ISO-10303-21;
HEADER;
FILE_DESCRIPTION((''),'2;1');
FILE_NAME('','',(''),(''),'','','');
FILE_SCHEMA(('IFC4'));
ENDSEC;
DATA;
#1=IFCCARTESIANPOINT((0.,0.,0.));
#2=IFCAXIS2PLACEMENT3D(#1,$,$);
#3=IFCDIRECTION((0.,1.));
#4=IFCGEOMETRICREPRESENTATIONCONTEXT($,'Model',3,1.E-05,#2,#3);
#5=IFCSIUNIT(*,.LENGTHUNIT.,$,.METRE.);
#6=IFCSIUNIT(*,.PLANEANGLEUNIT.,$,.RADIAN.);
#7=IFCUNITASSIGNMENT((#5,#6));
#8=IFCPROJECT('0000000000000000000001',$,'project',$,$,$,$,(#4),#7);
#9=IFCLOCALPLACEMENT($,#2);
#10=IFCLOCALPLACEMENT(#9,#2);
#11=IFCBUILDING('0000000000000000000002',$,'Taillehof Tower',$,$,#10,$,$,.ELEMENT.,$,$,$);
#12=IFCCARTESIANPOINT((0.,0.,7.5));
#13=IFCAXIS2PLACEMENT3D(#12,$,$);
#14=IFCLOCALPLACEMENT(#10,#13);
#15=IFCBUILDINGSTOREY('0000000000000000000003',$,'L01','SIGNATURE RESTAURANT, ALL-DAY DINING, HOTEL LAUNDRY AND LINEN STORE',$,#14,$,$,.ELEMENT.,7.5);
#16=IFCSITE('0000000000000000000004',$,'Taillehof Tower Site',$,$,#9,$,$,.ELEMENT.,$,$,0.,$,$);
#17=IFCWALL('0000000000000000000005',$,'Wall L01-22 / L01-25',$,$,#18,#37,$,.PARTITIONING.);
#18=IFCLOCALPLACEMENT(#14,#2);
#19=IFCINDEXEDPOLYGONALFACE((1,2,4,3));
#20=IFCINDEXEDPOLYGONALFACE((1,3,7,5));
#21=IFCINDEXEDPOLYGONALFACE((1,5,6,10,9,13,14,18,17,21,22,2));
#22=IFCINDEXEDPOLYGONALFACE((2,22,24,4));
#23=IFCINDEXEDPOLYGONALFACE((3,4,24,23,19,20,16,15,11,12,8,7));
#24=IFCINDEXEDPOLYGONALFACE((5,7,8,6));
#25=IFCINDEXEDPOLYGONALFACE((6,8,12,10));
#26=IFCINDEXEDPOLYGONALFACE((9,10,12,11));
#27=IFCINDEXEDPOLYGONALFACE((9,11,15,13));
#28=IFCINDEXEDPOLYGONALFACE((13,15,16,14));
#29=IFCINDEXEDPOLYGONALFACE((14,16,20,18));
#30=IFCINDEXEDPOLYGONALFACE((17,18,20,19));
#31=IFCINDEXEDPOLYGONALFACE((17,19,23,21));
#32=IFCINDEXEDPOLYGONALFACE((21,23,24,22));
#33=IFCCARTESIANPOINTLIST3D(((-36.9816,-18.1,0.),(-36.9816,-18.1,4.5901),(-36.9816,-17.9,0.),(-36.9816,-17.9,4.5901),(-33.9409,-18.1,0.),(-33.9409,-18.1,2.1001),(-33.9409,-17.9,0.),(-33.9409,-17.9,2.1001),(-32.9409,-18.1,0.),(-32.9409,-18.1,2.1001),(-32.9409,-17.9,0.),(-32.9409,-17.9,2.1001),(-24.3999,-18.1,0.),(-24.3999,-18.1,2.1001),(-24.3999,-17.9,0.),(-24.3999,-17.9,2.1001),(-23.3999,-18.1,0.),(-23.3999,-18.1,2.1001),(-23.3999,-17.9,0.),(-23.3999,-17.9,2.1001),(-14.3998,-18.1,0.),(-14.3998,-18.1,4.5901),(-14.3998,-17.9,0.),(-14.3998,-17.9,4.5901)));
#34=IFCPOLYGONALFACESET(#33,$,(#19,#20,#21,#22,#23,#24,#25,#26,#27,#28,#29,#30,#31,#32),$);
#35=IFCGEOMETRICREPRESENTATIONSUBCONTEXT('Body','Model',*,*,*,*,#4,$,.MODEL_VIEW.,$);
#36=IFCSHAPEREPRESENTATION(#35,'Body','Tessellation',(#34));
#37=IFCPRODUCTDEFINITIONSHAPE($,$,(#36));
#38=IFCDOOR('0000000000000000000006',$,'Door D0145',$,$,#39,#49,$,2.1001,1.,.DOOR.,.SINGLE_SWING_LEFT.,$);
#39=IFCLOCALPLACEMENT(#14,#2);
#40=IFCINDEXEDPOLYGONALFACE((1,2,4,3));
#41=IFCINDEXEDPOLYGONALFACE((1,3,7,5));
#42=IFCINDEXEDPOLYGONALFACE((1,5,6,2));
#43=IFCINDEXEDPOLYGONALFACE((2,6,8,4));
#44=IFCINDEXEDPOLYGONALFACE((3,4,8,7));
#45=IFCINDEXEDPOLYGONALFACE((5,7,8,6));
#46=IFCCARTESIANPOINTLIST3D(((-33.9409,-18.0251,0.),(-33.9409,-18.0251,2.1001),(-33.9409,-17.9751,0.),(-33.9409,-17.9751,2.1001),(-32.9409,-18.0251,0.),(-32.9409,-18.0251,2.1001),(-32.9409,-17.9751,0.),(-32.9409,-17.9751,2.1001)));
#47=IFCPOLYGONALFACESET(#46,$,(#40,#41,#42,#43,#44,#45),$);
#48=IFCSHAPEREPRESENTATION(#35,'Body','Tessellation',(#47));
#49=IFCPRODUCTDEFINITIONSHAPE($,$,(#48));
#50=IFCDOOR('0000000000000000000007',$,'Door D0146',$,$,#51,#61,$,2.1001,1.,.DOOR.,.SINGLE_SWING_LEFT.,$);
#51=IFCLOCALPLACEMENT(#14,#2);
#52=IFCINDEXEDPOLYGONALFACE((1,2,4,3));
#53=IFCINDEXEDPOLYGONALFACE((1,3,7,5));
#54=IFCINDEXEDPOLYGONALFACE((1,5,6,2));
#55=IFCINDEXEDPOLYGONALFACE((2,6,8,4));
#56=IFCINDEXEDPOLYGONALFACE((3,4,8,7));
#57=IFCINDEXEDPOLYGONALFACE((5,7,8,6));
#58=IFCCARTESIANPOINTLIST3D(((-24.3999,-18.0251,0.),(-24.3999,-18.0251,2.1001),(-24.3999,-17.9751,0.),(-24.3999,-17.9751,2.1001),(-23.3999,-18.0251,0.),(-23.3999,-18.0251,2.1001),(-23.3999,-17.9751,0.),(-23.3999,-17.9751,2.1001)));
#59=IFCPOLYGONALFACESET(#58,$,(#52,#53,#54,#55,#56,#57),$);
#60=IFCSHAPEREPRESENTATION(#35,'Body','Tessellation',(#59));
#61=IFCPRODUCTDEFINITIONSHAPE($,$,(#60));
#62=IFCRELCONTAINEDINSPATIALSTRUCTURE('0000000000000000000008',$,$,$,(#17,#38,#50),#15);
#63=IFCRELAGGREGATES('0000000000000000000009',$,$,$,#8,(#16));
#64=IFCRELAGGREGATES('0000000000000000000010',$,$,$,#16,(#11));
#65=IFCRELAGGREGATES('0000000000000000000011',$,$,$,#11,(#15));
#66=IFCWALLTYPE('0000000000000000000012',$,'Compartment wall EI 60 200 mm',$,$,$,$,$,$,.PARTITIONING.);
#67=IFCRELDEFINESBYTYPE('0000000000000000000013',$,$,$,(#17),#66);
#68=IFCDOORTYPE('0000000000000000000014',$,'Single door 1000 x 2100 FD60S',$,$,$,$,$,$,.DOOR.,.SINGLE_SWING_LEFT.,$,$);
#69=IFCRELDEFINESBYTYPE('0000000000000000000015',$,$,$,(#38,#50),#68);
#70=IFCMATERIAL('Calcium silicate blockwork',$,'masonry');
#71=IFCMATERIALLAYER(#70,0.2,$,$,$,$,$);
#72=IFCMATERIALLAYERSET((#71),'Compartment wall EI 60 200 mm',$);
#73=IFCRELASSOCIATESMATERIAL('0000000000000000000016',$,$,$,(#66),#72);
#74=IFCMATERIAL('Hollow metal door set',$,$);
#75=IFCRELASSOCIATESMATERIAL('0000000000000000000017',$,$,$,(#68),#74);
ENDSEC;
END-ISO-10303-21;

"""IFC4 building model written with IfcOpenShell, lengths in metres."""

from ifc_helpers import new_model, si_unit, direction, frame, frame_2d, origin, place, context, subcontext, project, spatial, rectangle, extrude, material, layer, layer_set, type_object, element, fill, save


model = new_model("IFC4")

# Units and contexts
model_context = context("Model", 3, precision=1e-05, world=origin(), true_north=direction((0.0, 1.0)))
body_context = subcontext(model_context, "Body", "Model", "MODEL_VIEW")
ifc_project = project(units=[si_unit("LENGTHUNIT", "METRE"), si_unit("PLANEANGLEUNIT", "RADIAN")], contexts=[model_context])

# Site, building, storey
site_placement = place(None, origin())
site = spatial("IfcSite", under=ifc_project, at=site_placement, Name="Taillehof Tower Site", CompositionType="ELEMENT", RefElevation=0.0)
building_placement = place(site_placement, origin())
building = spatial("IfcBuilding", under=site, at=building_placement, Name="Taillehof Tower", CompositionType="ELEMENT")
storey_placement = place(building_placement, frame((0.0, 0.0, 7.5)))
storey = spatial("IfcBuildingStorey", under=building, at=storey_placement, Name="L01", Description="SIGNATURE RESTAURANT, ALL-DAY DINING, HOTEL LAUNDRY AND LINEN STORE", CompositionType="ELEMENT", Elevation=7.5)

# Wall, openings, doors
ifc_material_1 = material(Name="Calcium silicate blockwork", Category="masonry")
ifc_layer_1 = layer(ifc_material_1, 0.2)
ifc_layer_set_1 = layer_set([ifc_layer_1], Name="Compartment wall EI 60 200 mm")
wall_type = type_object("IfcWallType", Name="Compartment wall EI 60 200 mm", PredefinedType="PARTITIONING", material=ifc_layer_set_1)
wall_placement = place(storey_placement, frame((-36.9817, -18.0, 0.0), z_axis=(0.0, 0.0, 1.0), x_axis=(1.0, 0.0, 0.0)))
wall = element("IfcWall", 1, at=wall_placement, inside=storey, type_object=wall_type, Name="Wall L01-22 / L01-25", PredefinedType="PARTITIONING", context=body_context, shape_type="SweptSolid", body=[
    extrude(rectangle(XDim=22.5818, YDim=0.2, at=frame_2d((11.291, 0.0))), origin(), (0.0, 0.0, 1.0), 4.5901),
])
opening_1_placement = place(wall_placement, frame((3.0408, 0.0, 0.0)))
opening_1 = element("IfcOpeningElement", 2, at=opening_1_placement, cuts=wall, PredefinedType="OPENING", context=body_context, shape_type="SweptSolid", body=[
    extrude(rectangle(XDim=1.0, YDim=2.1001, at=frame_2d((0.5, 1.05))), frame((0.0, 0.1099, 0.0), z_axis=(0.0, -1.0, 0.0), x_axis=(1.0, 0.0, 0.0)), (0.0, 0.0, 1.0), 0.22),
])
opening_2_placement = place(wall_placement, frame((12.5818, 0.0, 0.0)))
opening_2 = element("IfcOpeningElement", 3, at=opening_2_placement, cuts=wall, PredefinedType="OPENING", context=body_context, shape_type="SweptSolid", body=[
    extrude(rectangle(XDim=1.0, YDim=2.1001, at=frame_2d((0.5, 1.05))), frame((0.0, 0.1099, 0.0), z_axis=(0.0, -1.0, 0.0), x_axis=(1.0, 0.0, 0.0)), (0.0, 0.0, 1.0), 0.22),
])
ifc_material_2 = material(Name="Hollow metal door set")
door_type = type_object("IfcDoorType", Name="Single door 1000 x 2100 FD60S", OperationType="SINGLE_SWING_LEFT", PredefinedType="DOOR", material=ifc_material_2)
door_1_placement = place(opening_1_placement, origin())
door_1 = element("IfcDoor", 4, at=door_1_placement, inside=storey, type_object=door_type, Name="Door D0145", OperationType="SINGLE_SWING_LEFT", OverallHeight=2.1001, OverallWidth=1.0, PredefinedType="DOOR", context=body_context, shape_type="SweptSolid", body=[
    extrude(rectangle(XDim=1.0, YDim=2.1001, at=frame_2d((0.5, 1.05))), frame((0.0, 0.0249, 0.0), z_axis=(0.0, -1.0, 0.0), x_axis=(1.0, 0.0, 0.0)), (0.0, 0.0, 1.0), 0.05),
])
fill(opening_1, door_1)
door_2_placement = place(opening_2_placement, origin())
door_2 = element("IfcDoor", 5, at=door_2_placement, inside=storey, type_object=door_type, Name="Door D0146", OperationType="SINGLE_SWING_LEFT", OverallHeight=2.1001, OverallWidth=1.0, PredefinedType="DOOR", context=body_context, shape_type="SweptSolid", body=[
    extrude(rectangle(XDim=1.0, YDim=2.1001, at=frame_2d((0.5, 1.05))), frame((0.0, 0.0249, 0.0), z_axis=(0.0, -1.0, 0.0), x_axis=(1.0, 0.0, 0.0)), (0.0, 0.0, 1.0), 0.05),
])
fill(opening_2, door_2)

save(model, "model.ifc")
